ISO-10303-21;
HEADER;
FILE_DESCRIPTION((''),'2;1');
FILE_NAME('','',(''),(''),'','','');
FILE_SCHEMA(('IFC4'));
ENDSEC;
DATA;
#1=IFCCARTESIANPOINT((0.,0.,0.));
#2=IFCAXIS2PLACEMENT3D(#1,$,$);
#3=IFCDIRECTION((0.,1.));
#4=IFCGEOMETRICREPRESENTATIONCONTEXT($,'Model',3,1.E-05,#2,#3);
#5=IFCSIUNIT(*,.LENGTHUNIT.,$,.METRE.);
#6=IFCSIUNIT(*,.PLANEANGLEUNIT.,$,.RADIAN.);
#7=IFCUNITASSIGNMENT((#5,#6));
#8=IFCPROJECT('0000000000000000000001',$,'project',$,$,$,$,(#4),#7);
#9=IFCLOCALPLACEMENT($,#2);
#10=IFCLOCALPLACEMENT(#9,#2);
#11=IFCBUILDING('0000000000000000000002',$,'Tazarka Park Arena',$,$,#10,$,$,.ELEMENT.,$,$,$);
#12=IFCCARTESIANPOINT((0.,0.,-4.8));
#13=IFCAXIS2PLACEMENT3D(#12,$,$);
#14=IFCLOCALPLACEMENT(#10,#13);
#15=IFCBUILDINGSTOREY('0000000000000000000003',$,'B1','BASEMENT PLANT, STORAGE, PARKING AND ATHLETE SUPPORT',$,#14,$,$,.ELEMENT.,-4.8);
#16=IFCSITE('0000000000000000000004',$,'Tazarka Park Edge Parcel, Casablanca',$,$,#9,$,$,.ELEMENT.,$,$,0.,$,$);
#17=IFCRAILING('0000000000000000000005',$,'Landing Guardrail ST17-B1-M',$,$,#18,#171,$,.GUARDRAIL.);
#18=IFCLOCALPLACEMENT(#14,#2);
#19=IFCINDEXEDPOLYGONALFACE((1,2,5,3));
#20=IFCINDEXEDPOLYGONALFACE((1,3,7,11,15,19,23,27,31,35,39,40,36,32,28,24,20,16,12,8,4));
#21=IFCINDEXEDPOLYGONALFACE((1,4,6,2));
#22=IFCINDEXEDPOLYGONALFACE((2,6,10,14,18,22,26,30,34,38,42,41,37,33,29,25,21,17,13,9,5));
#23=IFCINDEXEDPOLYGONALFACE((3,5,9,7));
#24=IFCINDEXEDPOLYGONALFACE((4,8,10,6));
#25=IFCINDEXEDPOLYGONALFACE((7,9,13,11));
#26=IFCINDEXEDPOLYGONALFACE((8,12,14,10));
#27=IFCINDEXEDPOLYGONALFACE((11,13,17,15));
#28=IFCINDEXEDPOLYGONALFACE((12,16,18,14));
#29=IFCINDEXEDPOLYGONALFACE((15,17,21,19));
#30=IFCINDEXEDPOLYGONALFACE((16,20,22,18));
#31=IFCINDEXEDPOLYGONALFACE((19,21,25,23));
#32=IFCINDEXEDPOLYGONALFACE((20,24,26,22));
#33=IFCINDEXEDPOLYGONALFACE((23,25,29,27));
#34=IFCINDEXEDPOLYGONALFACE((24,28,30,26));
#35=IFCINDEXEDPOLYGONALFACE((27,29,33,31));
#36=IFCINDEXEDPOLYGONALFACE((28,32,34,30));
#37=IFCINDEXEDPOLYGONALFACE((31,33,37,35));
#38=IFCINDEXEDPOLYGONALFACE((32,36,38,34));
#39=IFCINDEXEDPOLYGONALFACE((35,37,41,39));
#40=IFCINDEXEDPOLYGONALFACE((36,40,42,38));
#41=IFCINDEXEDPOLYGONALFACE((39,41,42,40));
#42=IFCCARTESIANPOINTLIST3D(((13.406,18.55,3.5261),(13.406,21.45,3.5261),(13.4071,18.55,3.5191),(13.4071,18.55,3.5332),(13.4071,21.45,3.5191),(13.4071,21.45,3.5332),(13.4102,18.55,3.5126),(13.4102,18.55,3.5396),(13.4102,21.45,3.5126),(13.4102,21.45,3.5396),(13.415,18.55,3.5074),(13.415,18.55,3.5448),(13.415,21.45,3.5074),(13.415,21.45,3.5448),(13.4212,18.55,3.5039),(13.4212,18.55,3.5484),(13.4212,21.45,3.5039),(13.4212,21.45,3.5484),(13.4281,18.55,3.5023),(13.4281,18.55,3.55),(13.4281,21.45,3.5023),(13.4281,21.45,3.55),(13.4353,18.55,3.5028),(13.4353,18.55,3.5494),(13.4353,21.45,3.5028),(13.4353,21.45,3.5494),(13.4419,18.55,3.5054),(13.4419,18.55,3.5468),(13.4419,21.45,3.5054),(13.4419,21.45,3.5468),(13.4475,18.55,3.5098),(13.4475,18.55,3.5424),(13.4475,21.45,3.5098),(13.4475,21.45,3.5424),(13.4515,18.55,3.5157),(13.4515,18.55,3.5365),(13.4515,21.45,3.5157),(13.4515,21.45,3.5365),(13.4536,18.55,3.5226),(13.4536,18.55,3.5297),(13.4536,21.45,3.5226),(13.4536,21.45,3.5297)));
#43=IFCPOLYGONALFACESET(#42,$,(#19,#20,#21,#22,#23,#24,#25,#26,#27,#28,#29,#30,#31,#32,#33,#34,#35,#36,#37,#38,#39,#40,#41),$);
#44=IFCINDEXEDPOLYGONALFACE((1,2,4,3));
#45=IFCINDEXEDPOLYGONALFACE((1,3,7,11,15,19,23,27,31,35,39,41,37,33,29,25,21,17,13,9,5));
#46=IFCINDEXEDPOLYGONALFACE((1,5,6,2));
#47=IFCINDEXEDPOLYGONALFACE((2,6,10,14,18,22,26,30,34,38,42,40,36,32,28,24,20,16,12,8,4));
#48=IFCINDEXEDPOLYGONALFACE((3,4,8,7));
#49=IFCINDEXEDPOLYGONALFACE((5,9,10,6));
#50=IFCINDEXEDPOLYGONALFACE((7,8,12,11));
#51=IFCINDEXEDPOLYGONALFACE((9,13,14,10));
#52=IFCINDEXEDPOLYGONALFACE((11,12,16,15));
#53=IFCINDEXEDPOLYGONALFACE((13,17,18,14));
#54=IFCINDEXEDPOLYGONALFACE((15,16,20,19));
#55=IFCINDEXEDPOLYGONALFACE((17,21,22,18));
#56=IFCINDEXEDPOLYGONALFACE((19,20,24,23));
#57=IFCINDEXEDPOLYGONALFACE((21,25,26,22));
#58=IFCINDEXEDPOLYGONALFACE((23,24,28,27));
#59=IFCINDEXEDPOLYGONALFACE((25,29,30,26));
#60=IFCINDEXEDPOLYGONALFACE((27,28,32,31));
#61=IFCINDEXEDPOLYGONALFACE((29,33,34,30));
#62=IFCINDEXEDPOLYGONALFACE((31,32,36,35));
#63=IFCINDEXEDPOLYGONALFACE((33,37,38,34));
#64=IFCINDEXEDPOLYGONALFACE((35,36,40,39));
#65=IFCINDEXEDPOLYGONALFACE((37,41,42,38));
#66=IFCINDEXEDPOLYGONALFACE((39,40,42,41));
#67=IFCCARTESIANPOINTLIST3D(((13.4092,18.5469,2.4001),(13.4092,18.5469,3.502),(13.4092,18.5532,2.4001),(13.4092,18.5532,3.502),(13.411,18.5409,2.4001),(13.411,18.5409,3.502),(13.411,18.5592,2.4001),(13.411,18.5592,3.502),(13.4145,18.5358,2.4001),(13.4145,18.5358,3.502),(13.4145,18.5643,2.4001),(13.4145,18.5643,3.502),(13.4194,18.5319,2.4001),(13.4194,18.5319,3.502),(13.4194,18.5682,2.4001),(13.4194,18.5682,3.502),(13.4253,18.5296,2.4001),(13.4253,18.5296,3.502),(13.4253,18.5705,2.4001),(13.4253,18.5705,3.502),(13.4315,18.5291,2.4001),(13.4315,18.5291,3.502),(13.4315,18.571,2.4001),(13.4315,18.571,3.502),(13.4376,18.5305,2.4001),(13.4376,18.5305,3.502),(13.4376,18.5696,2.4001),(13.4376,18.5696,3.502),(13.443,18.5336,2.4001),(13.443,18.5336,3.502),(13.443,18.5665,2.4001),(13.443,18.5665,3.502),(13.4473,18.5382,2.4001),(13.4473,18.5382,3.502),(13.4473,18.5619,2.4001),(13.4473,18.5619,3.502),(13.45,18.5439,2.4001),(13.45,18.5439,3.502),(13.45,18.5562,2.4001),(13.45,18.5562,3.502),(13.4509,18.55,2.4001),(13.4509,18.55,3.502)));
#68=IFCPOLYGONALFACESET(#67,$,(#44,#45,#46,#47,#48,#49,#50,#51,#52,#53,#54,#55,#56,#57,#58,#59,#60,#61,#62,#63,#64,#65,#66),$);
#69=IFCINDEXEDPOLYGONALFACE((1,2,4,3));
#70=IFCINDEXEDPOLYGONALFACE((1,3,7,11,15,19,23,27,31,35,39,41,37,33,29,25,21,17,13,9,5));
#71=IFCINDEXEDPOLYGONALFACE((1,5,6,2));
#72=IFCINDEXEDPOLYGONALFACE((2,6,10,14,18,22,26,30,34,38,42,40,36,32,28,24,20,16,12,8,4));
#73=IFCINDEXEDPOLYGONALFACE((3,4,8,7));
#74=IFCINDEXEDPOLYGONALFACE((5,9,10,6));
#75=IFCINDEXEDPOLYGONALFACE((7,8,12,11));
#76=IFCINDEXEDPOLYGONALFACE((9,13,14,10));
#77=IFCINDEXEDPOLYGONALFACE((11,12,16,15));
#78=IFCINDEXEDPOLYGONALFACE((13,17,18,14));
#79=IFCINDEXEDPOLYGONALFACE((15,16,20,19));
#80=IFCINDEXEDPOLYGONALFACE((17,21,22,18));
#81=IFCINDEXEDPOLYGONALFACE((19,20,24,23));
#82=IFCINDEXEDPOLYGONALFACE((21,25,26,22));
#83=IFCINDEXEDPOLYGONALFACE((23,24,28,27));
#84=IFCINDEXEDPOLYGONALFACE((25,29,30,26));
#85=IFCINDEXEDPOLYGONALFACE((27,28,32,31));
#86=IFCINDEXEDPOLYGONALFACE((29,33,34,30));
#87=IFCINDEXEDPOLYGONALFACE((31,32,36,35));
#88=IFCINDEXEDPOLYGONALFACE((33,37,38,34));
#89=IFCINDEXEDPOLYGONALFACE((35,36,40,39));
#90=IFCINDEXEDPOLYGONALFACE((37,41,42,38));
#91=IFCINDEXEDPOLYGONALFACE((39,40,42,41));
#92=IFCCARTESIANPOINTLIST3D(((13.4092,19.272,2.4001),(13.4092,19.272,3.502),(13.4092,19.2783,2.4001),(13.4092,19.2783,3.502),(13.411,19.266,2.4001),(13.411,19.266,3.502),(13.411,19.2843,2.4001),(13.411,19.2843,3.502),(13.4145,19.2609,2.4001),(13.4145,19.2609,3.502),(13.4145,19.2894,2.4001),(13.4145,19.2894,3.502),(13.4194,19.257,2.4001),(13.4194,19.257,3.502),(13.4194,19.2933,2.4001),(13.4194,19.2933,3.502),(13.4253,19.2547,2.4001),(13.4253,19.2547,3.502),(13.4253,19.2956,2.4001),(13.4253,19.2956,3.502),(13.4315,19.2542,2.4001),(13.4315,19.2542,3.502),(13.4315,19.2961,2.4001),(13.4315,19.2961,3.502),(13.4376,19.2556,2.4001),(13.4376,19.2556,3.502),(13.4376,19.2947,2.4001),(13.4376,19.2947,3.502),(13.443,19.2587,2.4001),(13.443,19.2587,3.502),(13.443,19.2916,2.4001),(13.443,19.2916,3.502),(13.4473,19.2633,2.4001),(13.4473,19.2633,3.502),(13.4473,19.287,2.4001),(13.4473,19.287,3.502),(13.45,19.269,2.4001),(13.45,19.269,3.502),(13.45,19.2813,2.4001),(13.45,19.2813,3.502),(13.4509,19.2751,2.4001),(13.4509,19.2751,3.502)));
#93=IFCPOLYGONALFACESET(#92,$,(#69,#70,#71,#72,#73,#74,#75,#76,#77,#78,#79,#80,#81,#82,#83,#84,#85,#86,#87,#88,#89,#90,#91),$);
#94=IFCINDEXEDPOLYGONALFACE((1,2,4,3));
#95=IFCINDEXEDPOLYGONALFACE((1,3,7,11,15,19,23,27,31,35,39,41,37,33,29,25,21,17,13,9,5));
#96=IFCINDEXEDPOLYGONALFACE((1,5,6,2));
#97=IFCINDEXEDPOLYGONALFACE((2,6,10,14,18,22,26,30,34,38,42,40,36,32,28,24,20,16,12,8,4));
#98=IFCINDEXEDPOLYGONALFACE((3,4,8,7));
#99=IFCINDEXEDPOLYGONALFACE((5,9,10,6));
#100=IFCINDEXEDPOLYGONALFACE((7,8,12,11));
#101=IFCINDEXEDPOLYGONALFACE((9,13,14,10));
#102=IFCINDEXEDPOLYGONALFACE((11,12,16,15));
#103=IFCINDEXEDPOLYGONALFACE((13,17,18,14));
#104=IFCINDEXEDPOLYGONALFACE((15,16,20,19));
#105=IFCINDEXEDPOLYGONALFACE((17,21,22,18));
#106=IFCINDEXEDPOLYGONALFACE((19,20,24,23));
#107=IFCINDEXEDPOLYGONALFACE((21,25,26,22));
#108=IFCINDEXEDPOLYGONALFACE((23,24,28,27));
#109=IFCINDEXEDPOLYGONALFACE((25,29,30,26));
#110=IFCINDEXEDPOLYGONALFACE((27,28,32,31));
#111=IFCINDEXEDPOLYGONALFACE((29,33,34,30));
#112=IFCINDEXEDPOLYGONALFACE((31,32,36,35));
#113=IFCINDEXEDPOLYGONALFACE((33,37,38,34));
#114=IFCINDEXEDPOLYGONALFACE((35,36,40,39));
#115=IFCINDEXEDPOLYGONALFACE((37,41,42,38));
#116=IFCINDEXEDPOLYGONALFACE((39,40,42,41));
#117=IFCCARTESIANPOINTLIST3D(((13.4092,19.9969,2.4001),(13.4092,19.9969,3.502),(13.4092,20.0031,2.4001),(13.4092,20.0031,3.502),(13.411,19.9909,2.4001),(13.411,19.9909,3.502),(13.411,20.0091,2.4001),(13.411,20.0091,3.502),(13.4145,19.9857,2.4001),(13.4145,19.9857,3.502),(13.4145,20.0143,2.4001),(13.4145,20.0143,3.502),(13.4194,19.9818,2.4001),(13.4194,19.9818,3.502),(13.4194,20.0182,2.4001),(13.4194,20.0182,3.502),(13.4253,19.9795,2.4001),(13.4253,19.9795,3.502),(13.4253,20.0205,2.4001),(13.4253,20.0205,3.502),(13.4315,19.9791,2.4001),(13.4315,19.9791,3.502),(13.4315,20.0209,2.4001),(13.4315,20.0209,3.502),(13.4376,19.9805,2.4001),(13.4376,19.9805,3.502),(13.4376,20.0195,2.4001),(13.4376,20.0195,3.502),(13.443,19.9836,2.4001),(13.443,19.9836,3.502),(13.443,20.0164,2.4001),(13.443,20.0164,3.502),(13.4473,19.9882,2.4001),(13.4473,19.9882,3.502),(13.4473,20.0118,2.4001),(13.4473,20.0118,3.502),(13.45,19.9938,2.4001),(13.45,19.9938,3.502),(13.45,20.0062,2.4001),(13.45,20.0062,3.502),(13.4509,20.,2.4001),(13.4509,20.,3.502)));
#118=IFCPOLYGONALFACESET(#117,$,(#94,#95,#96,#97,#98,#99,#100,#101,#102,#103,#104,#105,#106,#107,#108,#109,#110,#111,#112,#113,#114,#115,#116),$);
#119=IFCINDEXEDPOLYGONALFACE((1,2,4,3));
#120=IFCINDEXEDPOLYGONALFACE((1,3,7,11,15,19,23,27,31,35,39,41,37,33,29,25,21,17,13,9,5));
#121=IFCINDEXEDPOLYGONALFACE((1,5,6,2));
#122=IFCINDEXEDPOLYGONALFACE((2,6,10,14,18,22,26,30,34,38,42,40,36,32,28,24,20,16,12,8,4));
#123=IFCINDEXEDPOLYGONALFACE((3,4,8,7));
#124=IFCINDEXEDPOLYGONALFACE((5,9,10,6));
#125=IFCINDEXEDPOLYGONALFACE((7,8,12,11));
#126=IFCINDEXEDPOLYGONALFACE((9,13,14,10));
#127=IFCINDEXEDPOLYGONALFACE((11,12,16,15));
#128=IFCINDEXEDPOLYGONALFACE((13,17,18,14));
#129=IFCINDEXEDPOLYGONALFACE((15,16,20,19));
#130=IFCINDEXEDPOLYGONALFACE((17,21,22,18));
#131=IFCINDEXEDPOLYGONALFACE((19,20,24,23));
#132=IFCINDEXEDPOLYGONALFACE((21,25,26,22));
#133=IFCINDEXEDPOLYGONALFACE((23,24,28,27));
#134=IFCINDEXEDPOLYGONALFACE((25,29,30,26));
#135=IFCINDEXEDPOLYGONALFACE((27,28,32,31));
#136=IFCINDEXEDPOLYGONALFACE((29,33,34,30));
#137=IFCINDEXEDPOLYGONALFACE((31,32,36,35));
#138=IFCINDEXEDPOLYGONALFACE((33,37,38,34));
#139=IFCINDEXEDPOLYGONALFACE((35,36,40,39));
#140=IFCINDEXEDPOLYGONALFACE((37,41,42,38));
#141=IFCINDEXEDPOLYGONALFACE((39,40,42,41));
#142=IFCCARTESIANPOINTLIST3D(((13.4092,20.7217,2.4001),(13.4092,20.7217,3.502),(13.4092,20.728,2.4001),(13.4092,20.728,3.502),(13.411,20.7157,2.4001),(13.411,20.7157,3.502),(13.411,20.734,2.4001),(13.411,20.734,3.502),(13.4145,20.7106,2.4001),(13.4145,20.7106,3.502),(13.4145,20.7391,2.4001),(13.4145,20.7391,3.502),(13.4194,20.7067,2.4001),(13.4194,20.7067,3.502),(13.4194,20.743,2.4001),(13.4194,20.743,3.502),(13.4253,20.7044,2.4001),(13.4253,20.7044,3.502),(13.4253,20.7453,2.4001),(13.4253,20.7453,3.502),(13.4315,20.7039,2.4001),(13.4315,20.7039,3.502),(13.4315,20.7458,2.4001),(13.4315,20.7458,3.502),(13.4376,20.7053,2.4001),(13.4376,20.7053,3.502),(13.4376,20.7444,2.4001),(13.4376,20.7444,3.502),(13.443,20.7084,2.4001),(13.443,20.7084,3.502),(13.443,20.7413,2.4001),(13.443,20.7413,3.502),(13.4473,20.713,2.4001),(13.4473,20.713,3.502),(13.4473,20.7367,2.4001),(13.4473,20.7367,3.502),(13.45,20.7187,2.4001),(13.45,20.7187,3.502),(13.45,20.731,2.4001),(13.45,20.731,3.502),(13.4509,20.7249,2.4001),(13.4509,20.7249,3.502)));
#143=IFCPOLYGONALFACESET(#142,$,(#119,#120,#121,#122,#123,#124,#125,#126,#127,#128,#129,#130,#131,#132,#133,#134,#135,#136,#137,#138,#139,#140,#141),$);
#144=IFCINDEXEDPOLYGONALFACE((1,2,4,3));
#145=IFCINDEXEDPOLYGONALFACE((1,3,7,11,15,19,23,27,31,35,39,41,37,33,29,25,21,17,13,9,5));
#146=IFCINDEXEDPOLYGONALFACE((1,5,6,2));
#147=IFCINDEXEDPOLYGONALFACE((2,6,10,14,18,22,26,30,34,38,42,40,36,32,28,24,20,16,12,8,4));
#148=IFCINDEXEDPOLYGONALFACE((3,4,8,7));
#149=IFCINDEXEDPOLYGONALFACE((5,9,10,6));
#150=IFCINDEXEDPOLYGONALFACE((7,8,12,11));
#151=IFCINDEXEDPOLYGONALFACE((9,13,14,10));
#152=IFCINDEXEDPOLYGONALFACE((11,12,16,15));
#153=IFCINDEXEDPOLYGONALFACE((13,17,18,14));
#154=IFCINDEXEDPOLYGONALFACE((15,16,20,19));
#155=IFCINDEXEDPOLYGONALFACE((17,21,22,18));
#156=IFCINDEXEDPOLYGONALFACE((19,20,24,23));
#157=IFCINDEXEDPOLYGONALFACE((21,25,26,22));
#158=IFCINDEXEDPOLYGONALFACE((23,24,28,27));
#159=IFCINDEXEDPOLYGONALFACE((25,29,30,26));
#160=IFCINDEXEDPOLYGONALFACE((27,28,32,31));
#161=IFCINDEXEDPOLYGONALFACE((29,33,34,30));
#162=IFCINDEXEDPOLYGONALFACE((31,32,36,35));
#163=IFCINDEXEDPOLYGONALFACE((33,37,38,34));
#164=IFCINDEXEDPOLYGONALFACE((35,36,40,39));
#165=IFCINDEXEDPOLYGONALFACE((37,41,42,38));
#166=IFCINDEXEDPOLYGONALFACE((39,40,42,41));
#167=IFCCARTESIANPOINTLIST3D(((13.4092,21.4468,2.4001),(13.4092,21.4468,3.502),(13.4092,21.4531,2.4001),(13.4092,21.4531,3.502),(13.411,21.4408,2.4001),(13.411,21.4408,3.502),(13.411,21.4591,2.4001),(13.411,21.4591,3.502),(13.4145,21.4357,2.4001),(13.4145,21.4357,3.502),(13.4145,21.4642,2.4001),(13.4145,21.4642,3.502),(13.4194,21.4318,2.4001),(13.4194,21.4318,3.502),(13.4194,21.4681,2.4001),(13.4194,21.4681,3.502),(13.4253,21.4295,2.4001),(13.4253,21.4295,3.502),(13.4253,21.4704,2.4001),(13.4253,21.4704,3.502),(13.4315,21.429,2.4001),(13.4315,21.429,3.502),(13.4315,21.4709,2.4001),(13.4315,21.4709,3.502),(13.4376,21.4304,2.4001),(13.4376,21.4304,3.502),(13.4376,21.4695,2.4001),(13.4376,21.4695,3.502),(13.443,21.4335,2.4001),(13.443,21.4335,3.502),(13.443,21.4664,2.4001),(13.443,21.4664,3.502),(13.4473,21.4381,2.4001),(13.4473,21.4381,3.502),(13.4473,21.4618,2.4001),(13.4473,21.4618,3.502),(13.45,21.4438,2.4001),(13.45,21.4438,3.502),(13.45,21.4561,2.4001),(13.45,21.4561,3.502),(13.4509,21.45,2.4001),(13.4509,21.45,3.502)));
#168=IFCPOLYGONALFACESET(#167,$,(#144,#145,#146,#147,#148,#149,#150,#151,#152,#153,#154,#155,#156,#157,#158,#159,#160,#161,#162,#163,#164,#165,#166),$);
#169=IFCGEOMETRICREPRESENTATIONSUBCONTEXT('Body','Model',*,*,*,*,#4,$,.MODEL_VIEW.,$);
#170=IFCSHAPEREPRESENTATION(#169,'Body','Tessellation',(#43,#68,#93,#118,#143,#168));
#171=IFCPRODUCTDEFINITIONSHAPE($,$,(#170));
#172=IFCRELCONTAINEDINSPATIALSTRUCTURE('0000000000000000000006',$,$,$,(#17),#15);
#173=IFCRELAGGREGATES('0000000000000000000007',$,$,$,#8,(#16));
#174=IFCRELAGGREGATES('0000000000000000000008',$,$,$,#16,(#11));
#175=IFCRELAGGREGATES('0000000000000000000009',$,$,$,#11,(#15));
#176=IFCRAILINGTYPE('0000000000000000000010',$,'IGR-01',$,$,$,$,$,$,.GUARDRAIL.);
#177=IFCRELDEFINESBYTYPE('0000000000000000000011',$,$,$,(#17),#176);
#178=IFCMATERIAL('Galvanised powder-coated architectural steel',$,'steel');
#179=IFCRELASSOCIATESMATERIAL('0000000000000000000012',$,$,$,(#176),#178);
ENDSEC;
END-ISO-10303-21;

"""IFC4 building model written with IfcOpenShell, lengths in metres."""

from ifc_helpers import new_model, si_unit, direction, frame, origin, origin_2d, place, context, subcontext, project, spatial, circle, extrude, material, type_object, element, save


model = new_model("IFC4")

# Units and contexts
model_context = context("Model", 3, precision=1e-05, world=origin(), true_north=direction((0.0, 1.0)))
body_context = subcontext(model_context, "Body", "Model", "MODEL_VIEW")
ifc_project = project(units=[si_unit("LENGTHUNIT", "METRE"), si_unit("PLANEANGLEUNIT", "RADIAN")], contexts=[model_context])

# Site, building, storey
site_placement = place(None, origin())
site = spatial("IfcSite", under=ifc_project, at=site_placement, Name="Tazarka Park Edge Parcel, Casablanca", CompositionType="ELEMENT", RefElevation=0.0)
building_placement = place(site_placement, origin())
building = spatial("IfcBuilding", under=site, at=building_placement, Name="Tazarka Park Arena", CompositionType="ELEMENT")
storey_placement = place(building_placement, frame((0.0, 0.0, -4.8)))
storey = spatial("IfcBuildingStorey", under=building, at=storey_placement, Name="B1", Description="BASEMENT PLANT, STORAGE, PARKING AND ATHLETE SUPPORT", CompositionType="ELEMENT", Elevation=-4.8)

# Railing
ifc_material_1 = material(Name="Galvanised powder-coated architectural steel", Category="steel")
railing_type_1 = type_object("IfcRailingType", Name="IGR-01", PredefinedType="GUARDRAIL", material=ifc_material_1)
railing_1_placement = place(storey_placement, frame((13.4299, 18.55, 2.4001)))
element("IfcRailing", 1, at=railing_1_placement, inside=storey, type_object=railing_type_1, Name="Landing Guardrail ST17-B1-M", PredefinedType="GUARDRAIL", context=body_context, shape_type="SweptSolid", body=[
    extrude(circle(Radius=0.0239, at=origin_2d()), frame((0.0, 0.0, 1.126), z_axis=(0.0, 1.0, 0.0), x_axis=(-1.0, 0.0, 0.0)), (0.0, 0.0, 1.0), 2.8999),
    extrude(circle(Radius=0.021, at=origin_2d()), origin(), (0.0, 0.0, 1.0), 1.1018),
    extrude(circle(Radius=0.021, at=origin_2d()), frame((0.0, 0.7251, 0.0)), (0.0, 0.0, 1.0), 1.1018),
    extrude(circle(Radius=0.021, at=origin_2d()), frame((0.0, 1.45, 0.0)), (0.0, 0.0, 1.0), 1.1018),
    extrude(circle(Radius=0.021, at=origin_2d()), frame((0.0, 2.1748, 0.0)), (0.0, 0.0, 1.0), 1.1018),
    extrude(circle(Radius=0.021, at=origin_2d()), frame((0.0, 2.8999, 0.0)), (0.0, 0.0, 1.0), 1.1018),
])

save(model, "model.ifc")
